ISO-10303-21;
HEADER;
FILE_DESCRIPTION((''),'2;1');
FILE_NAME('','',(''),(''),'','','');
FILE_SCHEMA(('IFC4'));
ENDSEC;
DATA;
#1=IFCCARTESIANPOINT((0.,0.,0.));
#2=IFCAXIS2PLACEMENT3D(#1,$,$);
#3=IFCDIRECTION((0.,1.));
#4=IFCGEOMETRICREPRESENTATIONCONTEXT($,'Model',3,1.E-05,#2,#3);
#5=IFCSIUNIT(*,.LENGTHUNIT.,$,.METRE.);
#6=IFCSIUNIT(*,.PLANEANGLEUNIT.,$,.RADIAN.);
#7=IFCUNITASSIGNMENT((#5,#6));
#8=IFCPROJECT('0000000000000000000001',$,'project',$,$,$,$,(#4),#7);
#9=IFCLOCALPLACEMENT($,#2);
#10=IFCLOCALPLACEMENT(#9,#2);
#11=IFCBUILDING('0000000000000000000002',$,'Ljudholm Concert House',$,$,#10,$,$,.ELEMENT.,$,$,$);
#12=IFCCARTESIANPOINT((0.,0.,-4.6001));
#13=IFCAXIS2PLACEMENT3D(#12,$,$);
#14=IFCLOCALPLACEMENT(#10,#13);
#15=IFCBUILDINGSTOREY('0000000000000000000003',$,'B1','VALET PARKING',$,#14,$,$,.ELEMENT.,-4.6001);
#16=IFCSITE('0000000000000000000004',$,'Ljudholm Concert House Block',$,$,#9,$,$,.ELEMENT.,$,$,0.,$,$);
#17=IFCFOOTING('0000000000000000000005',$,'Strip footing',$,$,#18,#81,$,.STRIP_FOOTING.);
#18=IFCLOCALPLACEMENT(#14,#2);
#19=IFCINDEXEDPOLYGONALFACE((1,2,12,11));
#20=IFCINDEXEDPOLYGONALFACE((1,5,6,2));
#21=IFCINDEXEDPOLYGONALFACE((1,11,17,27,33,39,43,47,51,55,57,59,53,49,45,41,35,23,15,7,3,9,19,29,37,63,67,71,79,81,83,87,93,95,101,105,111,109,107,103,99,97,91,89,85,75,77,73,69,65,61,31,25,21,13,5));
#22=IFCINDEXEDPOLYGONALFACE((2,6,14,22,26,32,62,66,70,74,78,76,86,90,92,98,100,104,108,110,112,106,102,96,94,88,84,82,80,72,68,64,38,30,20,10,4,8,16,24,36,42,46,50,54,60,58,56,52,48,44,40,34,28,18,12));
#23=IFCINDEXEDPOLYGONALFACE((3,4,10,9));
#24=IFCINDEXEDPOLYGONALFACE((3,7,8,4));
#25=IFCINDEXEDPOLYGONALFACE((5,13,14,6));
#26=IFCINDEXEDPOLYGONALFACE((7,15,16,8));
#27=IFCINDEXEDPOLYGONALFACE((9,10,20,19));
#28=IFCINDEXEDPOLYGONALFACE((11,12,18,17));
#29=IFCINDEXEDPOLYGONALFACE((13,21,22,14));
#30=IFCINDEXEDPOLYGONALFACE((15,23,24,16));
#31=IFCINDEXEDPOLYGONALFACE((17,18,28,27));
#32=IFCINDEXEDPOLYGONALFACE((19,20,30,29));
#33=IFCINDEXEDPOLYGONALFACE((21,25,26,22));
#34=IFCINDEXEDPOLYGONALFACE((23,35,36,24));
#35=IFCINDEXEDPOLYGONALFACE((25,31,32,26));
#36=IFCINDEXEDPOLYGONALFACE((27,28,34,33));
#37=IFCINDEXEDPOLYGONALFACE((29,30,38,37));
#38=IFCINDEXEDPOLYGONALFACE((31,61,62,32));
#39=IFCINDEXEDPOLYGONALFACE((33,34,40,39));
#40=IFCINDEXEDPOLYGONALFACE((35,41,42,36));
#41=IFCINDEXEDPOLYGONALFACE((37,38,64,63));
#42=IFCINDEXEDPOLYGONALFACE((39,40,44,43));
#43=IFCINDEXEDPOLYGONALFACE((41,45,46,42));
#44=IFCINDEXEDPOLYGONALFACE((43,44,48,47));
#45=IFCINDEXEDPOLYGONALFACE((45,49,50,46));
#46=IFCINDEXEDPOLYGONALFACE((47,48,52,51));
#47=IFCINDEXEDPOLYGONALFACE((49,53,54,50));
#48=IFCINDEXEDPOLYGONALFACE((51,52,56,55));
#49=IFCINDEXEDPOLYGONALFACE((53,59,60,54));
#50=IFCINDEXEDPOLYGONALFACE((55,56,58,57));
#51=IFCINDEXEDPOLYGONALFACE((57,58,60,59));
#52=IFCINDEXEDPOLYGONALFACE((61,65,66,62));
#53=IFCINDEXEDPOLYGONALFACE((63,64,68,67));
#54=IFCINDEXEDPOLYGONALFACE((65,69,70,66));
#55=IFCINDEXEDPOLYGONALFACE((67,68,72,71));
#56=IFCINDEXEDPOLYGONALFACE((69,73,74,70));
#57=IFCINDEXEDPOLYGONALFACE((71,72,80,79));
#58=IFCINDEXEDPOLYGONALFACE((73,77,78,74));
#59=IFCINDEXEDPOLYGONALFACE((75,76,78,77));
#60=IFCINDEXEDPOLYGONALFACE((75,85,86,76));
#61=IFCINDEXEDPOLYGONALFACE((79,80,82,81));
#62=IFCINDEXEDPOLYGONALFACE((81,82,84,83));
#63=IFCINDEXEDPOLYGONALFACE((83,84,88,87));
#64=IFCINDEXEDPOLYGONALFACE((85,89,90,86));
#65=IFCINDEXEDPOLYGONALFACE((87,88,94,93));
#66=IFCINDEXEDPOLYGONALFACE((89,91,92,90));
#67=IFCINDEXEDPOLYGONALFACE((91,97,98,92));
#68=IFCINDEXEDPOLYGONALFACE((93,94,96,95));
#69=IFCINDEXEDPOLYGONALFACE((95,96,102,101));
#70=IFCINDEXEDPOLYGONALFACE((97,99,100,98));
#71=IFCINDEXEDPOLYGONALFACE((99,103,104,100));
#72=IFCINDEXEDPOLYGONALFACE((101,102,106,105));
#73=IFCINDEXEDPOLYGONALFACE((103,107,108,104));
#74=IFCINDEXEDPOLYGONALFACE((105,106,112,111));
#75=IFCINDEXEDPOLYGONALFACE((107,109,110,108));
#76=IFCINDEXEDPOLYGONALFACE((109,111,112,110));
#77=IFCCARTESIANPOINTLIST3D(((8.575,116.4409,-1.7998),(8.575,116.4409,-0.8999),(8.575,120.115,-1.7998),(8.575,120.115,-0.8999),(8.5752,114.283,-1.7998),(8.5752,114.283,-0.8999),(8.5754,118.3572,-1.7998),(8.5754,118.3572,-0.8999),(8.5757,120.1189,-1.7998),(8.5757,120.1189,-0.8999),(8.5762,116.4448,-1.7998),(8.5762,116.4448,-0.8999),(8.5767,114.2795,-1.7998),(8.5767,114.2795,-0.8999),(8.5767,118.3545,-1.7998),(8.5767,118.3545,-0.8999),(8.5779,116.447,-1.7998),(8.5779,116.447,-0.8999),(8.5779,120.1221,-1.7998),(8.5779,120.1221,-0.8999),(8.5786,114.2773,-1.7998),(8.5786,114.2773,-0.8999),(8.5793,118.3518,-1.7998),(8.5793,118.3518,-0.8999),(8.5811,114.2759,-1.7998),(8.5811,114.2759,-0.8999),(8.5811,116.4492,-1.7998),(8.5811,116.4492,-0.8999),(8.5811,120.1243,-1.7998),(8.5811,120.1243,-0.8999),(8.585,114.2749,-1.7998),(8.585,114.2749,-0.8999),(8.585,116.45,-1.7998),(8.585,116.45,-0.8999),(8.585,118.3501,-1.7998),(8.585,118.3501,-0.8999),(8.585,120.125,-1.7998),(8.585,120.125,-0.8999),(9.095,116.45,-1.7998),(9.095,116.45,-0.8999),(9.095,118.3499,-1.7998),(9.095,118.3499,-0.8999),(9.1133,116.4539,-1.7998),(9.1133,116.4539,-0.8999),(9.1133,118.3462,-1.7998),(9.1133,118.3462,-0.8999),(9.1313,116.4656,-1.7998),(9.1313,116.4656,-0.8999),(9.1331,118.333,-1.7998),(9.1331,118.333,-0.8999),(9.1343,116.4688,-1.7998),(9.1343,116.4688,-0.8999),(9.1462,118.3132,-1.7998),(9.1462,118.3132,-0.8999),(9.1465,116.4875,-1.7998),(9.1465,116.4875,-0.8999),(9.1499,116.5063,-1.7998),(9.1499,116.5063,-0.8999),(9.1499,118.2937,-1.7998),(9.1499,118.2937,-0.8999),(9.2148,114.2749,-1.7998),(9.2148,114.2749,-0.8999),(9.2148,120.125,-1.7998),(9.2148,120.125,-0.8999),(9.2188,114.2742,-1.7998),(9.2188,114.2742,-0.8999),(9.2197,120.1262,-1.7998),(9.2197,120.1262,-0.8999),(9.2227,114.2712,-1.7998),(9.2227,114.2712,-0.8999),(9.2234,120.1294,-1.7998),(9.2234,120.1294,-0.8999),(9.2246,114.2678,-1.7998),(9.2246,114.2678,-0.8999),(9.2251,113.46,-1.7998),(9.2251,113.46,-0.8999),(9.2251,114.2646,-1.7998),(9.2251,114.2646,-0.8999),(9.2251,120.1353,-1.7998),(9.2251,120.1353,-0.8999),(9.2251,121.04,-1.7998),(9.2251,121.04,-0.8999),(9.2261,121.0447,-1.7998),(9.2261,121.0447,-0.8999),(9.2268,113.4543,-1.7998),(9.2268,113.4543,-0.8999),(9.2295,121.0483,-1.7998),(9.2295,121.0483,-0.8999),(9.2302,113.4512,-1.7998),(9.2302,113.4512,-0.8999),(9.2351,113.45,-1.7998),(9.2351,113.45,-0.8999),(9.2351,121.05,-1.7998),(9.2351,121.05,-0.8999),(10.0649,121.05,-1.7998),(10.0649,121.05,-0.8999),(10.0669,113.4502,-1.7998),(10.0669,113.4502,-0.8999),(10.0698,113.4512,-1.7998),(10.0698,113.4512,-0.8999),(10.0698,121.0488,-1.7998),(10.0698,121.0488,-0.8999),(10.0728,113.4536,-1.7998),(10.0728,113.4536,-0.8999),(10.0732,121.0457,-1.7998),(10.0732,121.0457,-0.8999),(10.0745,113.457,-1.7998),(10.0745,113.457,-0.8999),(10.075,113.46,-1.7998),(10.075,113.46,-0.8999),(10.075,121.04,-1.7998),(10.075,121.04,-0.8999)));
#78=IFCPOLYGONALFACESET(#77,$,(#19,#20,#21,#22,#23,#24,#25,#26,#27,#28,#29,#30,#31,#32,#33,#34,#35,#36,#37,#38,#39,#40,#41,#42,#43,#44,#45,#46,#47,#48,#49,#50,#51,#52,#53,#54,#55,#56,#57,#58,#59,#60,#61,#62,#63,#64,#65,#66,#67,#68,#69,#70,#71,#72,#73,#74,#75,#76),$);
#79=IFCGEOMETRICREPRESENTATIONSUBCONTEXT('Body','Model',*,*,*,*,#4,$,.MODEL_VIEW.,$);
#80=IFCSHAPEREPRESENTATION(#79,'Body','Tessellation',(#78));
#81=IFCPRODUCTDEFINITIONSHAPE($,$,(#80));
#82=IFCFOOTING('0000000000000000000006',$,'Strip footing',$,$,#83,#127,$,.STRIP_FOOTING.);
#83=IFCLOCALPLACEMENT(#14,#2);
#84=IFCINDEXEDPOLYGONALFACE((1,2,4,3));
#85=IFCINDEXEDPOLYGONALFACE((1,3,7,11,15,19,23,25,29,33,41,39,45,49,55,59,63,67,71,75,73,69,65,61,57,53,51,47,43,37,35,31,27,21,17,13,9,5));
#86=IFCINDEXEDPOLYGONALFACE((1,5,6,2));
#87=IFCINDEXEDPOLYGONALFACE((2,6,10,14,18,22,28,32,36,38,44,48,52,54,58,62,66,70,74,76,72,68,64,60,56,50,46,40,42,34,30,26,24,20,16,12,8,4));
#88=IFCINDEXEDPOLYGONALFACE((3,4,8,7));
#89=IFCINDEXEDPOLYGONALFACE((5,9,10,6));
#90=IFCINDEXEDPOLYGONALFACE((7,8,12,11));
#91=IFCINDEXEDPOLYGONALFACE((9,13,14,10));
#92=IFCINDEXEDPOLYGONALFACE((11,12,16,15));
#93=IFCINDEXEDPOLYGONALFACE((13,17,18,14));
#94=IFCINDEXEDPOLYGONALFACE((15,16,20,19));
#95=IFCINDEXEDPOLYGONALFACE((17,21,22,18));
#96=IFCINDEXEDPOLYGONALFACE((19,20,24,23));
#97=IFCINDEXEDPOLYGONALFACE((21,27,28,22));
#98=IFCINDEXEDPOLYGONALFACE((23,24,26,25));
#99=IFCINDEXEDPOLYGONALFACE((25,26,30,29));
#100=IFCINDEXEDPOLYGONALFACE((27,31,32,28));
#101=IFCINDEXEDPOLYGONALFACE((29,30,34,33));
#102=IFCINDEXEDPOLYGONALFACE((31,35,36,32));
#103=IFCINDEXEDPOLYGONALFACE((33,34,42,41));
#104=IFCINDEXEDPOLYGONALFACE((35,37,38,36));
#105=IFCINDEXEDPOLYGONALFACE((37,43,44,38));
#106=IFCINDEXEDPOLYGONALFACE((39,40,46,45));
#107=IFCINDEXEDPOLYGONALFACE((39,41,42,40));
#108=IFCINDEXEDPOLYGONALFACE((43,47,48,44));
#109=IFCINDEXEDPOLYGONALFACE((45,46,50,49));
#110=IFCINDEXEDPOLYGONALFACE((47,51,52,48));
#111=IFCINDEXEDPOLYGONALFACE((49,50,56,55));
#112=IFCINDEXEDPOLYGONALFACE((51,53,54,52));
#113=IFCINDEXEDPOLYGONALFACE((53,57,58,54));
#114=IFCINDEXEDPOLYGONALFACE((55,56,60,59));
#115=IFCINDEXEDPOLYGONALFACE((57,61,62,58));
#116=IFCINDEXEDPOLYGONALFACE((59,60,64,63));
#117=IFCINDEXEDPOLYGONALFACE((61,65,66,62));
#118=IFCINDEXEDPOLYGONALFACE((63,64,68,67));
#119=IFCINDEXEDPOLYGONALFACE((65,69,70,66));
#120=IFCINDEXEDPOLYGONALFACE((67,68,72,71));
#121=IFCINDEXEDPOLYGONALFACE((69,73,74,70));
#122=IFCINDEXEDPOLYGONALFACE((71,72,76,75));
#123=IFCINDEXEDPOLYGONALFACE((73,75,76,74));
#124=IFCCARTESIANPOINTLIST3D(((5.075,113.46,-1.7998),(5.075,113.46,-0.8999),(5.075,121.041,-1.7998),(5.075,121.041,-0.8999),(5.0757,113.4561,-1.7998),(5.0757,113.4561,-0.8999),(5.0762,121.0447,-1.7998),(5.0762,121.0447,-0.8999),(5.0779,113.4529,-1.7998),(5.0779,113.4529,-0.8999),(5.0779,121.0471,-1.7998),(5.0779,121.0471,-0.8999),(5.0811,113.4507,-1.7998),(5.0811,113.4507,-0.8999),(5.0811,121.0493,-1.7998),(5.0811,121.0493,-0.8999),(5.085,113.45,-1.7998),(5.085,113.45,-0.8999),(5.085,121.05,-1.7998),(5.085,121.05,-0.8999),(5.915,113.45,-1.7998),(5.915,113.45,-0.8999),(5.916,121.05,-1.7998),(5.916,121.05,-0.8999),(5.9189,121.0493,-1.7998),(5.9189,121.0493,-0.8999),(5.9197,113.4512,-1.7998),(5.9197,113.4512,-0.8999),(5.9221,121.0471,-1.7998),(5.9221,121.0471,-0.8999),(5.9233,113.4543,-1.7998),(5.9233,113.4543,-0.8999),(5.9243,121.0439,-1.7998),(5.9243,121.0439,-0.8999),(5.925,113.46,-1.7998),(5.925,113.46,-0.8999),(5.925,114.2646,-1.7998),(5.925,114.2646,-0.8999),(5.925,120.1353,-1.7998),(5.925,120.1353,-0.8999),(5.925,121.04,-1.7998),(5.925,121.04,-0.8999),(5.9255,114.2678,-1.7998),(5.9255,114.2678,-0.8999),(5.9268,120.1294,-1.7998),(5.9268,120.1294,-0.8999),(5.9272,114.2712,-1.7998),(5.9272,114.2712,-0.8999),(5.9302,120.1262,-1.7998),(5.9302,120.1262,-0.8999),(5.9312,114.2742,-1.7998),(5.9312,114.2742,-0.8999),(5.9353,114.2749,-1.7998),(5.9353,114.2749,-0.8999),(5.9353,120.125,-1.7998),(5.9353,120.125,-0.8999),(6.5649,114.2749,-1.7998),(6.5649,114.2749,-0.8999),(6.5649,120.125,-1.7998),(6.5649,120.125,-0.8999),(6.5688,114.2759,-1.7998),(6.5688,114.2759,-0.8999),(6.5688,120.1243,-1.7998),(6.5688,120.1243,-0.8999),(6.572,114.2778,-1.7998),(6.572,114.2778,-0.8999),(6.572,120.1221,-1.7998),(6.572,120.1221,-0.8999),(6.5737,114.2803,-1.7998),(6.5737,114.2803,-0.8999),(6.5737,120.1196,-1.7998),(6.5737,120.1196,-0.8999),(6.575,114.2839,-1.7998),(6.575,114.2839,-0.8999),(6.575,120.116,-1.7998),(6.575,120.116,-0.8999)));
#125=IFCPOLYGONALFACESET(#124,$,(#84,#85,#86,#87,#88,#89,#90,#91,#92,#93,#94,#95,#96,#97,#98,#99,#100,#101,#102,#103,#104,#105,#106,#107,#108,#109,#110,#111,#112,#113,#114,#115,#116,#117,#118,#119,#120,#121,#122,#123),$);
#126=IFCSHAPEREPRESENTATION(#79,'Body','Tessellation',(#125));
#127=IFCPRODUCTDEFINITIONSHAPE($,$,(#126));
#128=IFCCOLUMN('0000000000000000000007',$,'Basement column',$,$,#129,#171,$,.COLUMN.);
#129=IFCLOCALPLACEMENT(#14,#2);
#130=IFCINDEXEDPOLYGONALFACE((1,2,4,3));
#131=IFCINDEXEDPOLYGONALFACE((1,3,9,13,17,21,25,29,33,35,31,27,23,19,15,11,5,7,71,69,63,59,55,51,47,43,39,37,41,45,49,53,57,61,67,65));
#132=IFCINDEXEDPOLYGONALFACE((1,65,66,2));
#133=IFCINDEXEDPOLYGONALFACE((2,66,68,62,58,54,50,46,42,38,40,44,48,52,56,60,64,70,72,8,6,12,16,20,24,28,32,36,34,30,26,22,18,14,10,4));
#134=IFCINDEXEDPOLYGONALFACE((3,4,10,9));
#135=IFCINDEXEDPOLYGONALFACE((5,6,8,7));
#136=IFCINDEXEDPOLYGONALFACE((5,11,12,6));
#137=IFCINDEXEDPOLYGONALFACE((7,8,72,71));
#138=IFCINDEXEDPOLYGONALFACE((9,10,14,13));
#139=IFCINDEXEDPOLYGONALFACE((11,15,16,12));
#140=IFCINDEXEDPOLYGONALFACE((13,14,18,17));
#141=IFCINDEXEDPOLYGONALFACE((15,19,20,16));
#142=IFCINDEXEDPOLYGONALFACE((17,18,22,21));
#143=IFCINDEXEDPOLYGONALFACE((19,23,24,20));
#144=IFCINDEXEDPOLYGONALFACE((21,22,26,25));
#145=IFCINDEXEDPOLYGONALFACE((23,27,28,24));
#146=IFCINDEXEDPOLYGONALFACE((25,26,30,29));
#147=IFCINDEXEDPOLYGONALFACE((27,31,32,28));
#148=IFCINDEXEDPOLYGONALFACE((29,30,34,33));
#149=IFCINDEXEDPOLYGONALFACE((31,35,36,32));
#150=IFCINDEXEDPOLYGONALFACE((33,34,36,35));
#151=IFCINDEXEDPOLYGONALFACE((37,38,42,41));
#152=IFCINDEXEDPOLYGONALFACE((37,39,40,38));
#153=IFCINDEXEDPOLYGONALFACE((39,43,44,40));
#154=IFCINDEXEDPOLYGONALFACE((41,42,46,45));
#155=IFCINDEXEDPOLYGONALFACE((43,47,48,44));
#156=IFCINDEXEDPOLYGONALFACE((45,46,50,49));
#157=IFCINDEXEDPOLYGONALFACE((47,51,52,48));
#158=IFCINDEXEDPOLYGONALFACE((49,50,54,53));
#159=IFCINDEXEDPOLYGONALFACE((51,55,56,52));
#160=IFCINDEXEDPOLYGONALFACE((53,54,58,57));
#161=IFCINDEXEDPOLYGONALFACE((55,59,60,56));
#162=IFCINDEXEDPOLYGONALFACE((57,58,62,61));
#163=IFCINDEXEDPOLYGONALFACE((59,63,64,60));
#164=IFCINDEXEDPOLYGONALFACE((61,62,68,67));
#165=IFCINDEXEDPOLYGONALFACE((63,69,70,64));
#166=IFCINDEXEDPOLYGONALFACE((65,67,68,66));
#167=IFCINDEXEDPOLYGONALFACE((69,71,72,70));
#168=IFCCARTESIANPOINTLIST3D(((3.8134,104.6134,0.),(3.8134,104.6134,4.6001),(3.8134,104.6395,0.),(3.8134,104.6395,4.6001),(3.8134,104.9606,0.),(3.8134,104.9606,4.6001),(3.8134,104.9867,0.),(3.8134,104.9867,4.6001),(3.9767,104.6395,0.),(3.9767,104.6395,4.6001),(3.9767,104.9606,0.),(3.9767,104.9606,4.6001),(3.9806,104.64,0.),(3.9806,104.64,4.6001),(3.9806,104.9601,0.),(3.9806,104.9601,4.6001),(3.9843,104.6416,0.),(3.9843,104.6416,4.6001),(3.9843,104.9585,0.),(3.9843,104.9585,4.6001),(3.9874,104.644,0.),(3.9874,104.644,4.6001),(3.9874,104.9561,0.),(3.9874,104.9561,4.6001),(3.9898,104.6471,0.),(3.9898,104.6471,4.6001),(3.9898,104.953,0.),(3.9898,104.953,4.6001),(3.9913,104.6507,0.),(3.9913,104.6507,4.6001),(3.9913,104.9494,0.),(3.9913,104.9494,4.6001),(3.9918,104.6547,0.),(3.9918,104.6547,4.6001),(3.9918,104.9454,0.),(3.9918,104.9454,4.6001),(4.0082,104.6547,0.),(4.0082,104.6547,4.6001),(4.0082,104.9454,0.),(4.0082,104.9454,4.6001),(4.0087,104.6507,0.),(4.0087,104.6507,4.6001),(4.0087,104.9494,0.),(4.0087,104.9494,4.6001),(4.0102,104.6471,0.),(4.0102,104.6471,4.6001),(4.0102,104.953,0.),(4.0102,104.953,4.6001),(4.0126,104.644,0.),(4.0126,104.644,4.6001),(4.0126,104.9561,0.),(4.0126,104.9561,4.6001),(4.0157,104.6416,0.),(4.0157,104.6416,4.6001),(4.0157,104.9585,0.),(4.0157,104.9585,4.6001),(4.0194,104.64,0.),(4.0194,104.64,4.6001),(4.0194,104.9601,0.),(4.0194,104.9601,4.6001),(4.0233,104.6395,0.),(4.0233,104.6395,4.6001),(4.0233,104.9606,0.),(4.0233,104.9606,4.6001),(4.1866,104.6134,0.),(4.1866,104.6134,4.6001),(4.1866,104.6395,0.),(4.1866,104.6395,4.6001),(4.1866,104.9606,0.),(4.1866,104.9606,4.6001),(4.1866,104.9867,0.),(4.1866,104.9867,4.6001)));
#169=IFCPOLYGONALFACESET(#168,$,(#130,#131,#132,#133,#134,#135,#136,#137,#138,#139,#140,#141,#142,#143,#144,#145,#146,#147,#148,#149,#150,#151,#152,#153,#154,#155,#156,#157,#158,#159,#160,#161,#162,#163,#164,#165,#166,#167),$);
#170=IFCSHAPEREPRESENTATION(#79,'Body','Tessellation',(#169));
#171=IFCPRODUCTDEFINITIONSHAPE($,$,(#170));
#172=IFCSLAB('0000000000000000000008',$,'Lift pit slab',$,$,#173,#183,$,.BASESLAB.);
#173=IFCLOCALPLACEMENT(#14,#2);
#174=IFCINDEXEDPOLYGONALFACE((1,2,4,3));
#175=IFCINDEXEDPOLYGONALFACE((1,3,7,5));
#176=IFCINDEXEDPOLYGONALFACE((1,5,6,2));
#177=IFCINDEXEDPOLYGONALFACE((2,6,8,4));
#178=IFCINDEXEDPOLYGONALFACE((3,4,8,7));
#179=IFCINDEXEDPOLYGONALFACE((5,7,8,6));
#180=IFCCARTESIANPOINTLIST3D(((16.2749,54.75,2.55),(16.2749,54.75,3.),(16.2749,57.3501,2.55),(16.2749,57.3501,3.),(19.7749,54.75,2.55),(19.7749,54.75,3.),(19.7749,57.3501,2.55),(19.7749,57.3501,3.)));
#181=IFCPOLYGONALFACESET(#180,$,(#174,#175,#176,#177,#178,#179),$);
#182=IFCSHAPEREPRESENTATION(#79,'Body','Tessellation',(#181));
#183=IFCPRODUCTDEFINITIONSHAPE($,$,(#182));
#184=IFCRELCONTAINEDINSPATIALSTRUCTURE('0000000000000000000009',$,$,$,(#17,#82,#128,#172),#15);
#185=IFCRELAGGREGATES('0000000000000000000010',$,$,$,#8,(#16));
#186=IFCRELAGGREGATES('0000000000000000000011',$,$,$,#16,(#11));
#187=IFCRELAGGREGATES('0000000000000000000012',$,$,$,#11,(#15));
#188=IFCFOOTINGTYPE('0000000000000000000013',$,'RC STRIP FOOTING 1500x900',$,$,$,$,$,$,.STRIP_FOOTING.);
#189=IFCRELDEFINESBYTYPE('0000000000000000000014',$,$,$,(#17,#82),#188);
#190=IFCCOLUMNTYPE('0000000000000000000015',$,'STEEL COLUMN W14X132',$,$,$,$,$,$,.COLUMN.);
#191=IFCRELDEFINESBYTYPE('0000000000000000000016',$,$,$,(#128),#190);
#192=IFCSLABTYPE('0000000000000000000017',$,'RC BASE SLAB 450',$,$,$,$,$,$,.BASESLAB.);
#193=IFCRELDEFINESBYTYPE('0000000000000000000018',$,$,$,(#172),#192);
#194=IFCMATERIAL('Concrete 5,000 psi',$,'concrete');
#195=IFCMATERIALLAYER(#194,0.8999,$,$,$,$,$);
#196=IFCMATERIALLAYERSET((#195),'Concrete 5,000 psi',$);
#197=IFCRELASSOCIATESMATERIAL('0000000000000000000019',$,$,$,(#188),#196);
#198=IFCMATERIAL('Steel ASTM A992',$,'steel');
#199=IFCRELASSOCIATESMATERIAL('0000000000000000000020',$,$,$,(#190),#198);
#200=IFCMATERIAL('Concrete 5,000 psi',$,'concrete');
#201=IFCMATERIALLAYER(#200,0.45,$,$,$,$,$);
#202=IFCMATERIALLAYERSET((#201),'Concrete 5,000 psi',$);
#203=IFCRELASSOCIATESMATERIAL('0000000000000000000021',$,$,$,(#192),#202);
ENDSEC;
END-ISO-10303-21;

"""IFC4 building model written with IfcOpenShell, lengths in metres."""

from ifc_helpers import new_model, si_unit, direction, frame, origin, origin_2d, place, context, subcontext, project, spatial, polyline, i_section, outline, extrude, material, layer, layer_set, material_profile, profile_set, type_object, element, save


model = new_model("IFC4")

# Units and contexts
model_context = context("Model", 3, precision=1e-05, world=origin(), true_north=direction((0.0, 1.0)))
body_context = subcontext(model_context, "Body", "Model", "MODEL_VIEW")
ifc_project = project(units=[si_unit("LENGTHUNIT", "METRE"), si_unit("PLANEANGLEUNIT", "RADIAN")], contexts=[model_context])

# Site, building, storey
site_placement = place(None, origin())
site = spatial("IfcSite", under=ifc_project, at=site_placement, Name="Ljudholm Concert House Block", CompositionType="ELEMENT", RefElevation=0.0)
building_placement = place(site_placement, origin())
building = spatial("IfcBuilding", under=site, at=building_placement, Name="Ljudholm Concert House", CompositionType="ELEMENT")
storey_placement = place(building_placement, frame((0.0, 0.0, -4.6001)))
storey = spatial("IfcBuildingStorey", under=building, at=storey_placement, Name="B1", Description="VALET PARKING", CompositionType="ELEMENT", Elevation=-4.6001)

# Footings
ifc_material_1 = material(Name="Concrete 5,000 psi", Category="concrete")
ifc_layer_1 = layer(ifc_material_1, 0.8999)
ifc_layer_set_1 = layer_set([ifc_layer_1], Name="Concrete 5,000 psi")
footing_type_1 = type_object("IfcFootingType", Name="RC STRIP FOOTING 1500x900", PredefinedType="STRIP_FOOTING", material=ifc_layer_set_1)
footing_1_placement = place(storey_placement, frame((0.0, 0.0, -1.7998)))
element("IfcFooting", 1, at=footing_1_placement, inside=storey, type_object=footing_type_1, Name="Strip footing", PredefinedType="STRIP_FOOTING", context=body_context, shape_type="SweptSolid", body=[
    extrude(outline(polyline([(8.575, 120.115), (8.5754, 118.3572), (8.5767, 118.3545), (8.5793, 118.3518), (8.585, 118.3501), (9.095, 118.3499), (9.1133, 118.3462), (9.1331, 118.333), (9.1462, 118.3132), (9.1499, 118.2937), (9.1499, 116.5063), (9.1465, 116.4875), (9.1343, 116.4688), (9.1313, 116.4656), (9.1133, 116.4539), (9.095, 116.45), (8.585, 116.45), (8.5811, 116.4492), (8.5779, 116.447), (8.5762, 116.4448), (8.575, 116.4409), (8.5752, 114.283), (8.5767, 114.2795), (8.5786, 114.2773), (8.5811, 114.2759), (8.585, 114.2749), (9.2148, 114.2749), (9.2188, 114.2742), (9.2227, 114.2712), (9.2246, 114.2678), (9.2251, 114.2646), (9.2251, 113.46), (9.2268, 113.4543), (9.2302, 113.4512), (9.2351, 113.45), (10.0669, 113.4502), (10.0698, 113.4512), (10.0728, 113.4536), (10.0745, 113.457), (10.075, 113.46), (10.075, 121.04), (10.0732, 121.0457), (10.0698, 121.0488), (10.0649, 121.05), (9.2351, 121.05), (9.2295, 121.0483), (9.2261, 121.0447), (9.2251, 121.04), (9.2251, 120.1353), (9.2234, 120.1294), (9.2197, 120.1262), (9.2148, 120.125), (8.585, 120.125), (8.5811, 120.1243), (8.5779, 120.1221), (8.5757, 120.1189), (8.575, 120.115)])), origin(), (0.0, 0.0, 1.0), 0.8999),
])
footing_2_placement = place(storey_placement, frame((0.0, 0.0, -1.7998)))
element("IfcFooting", 2, at=footing_2_placement, inside=storey, type_object=footing_type_1, Name="Strip footing", PredefinedType="STRIP_FOOTING", context=body_context, shape_type="SweptSolid", body=[
    extrude(outline(polyline([(5.085, 113.45), (5.915, 113.45), (5.9197, 113.4512), (5.9233, 113.4543), (5.925, 113.46), (5.925, 114.2646), (5.9255, 114.2678), (5.9272, 114.2712), (5.9312, 114.2742), (5.9353, 114.2749), (6.5649, 114.2749), (6.5688, 114.2759), (6.572, 114.2778), (6.5737, 114.2803), (6.575, 114.2839), (6.575, 120.116), (6.5737, 120.1196), (6.572, 120.1221), (6.5688, 120.1243), (6.5649, 120.125), (5.9353, 120.125), (5.9302, 120.1262), (5.9268, 120.1294), (5.925, 120.1353), (5.925, 121.04), (5.9243, 121.0439), (5.9221, 121.0471), (5.9189, 121.0493), (5.916, 121.05), (5.085, 121.05), (5.0811, 121.0493), (5.0779, 121.0471), (5.0762, 121.0447), (5.075, 121.041), (5.075, 113.46), (5.0757, 113.4561), (5.0779, 113.4529), (5.0811, 113.4507), (5.085, 113.45)])), origin(), (0.0, 0.0, 1.0), 0.8999),
])

# Column
ifc_material_2 = material(Name="Steel ASTM A992", Category="steel")
ifc_material_profile_1 = material_profile(ifc_material_2, i_section(OverallWidth=0.3733, OverallDepth=0.3733, WebThickness=0.0164, FlangeThickness=0.0261, FilletRadius=0.0151, at=origin_2d()), Name="W14X132")
ifc_profile_set_1 = profile_set([ifc_material_profile_1], Name="Steel ASTM A992")
column_type = type_object("IfcColumnType", Name="STEEL COLUMN W14X132", PredefinedType="COLUMN", material=ifc_profile_set_1)
column_placement = place(storey_placement, frame((4.0, 104.8, 0.0), z_axis=(0.0, 0.0, 1.0), x_axis=(1.0, 0.0, 0.0)))
element("IfcColumn", 3, at=column_placement, inside=storey, type_object=column_type, Name="Basement column", PredefinedType="COLUMN", context=body_context, shape_type="SweptSolid", body=[
    extrude(i_section(OverallWidth=0.3733, OverallDepth=0.3733, WebThickness=0.0164, FlangeThickness=0.0261, FilletRadius=0.0151, at=origin_2d()), origin(), (0.0, 0.0, 1.0), 4.6001),
])

# Slab
ifc_material_3 = material(Name="Concrete 5,000 psi", Category="concrete")
ifc_layer_2 = layer(ifc_material_3, 0.45)
ifc_layer_set_2 = layer_set([ifc_layer_2], Name="Concrete 5,000 psi")
slab_type = type_object("IfcSlabType", Name="RC BASE SLAB 450", PredefinedType="BASESLAB", material=ifc_layer_set_2)
slab_1_placement = place(storey_placement, frame((0.0, 0.0, 2.55)))
element("IfcSlab", 4, at=slab_1_placement, inside=storey, type_object=slab_type, Name="Lift pit slab", PredefinedType="BASESLAB", context=body_context, shape_type="SweptSolid", body=[
    extrude(outline(polyline([(16.2749, 54.75), (19.7749, 54.75), (19.7749, 57.3501), (16.2749, 57.3501), (16.2749, 54.75)])), origin(), (0.0, 0.0, 1.0), 0.45),
])

save(model, "model.ifc")
